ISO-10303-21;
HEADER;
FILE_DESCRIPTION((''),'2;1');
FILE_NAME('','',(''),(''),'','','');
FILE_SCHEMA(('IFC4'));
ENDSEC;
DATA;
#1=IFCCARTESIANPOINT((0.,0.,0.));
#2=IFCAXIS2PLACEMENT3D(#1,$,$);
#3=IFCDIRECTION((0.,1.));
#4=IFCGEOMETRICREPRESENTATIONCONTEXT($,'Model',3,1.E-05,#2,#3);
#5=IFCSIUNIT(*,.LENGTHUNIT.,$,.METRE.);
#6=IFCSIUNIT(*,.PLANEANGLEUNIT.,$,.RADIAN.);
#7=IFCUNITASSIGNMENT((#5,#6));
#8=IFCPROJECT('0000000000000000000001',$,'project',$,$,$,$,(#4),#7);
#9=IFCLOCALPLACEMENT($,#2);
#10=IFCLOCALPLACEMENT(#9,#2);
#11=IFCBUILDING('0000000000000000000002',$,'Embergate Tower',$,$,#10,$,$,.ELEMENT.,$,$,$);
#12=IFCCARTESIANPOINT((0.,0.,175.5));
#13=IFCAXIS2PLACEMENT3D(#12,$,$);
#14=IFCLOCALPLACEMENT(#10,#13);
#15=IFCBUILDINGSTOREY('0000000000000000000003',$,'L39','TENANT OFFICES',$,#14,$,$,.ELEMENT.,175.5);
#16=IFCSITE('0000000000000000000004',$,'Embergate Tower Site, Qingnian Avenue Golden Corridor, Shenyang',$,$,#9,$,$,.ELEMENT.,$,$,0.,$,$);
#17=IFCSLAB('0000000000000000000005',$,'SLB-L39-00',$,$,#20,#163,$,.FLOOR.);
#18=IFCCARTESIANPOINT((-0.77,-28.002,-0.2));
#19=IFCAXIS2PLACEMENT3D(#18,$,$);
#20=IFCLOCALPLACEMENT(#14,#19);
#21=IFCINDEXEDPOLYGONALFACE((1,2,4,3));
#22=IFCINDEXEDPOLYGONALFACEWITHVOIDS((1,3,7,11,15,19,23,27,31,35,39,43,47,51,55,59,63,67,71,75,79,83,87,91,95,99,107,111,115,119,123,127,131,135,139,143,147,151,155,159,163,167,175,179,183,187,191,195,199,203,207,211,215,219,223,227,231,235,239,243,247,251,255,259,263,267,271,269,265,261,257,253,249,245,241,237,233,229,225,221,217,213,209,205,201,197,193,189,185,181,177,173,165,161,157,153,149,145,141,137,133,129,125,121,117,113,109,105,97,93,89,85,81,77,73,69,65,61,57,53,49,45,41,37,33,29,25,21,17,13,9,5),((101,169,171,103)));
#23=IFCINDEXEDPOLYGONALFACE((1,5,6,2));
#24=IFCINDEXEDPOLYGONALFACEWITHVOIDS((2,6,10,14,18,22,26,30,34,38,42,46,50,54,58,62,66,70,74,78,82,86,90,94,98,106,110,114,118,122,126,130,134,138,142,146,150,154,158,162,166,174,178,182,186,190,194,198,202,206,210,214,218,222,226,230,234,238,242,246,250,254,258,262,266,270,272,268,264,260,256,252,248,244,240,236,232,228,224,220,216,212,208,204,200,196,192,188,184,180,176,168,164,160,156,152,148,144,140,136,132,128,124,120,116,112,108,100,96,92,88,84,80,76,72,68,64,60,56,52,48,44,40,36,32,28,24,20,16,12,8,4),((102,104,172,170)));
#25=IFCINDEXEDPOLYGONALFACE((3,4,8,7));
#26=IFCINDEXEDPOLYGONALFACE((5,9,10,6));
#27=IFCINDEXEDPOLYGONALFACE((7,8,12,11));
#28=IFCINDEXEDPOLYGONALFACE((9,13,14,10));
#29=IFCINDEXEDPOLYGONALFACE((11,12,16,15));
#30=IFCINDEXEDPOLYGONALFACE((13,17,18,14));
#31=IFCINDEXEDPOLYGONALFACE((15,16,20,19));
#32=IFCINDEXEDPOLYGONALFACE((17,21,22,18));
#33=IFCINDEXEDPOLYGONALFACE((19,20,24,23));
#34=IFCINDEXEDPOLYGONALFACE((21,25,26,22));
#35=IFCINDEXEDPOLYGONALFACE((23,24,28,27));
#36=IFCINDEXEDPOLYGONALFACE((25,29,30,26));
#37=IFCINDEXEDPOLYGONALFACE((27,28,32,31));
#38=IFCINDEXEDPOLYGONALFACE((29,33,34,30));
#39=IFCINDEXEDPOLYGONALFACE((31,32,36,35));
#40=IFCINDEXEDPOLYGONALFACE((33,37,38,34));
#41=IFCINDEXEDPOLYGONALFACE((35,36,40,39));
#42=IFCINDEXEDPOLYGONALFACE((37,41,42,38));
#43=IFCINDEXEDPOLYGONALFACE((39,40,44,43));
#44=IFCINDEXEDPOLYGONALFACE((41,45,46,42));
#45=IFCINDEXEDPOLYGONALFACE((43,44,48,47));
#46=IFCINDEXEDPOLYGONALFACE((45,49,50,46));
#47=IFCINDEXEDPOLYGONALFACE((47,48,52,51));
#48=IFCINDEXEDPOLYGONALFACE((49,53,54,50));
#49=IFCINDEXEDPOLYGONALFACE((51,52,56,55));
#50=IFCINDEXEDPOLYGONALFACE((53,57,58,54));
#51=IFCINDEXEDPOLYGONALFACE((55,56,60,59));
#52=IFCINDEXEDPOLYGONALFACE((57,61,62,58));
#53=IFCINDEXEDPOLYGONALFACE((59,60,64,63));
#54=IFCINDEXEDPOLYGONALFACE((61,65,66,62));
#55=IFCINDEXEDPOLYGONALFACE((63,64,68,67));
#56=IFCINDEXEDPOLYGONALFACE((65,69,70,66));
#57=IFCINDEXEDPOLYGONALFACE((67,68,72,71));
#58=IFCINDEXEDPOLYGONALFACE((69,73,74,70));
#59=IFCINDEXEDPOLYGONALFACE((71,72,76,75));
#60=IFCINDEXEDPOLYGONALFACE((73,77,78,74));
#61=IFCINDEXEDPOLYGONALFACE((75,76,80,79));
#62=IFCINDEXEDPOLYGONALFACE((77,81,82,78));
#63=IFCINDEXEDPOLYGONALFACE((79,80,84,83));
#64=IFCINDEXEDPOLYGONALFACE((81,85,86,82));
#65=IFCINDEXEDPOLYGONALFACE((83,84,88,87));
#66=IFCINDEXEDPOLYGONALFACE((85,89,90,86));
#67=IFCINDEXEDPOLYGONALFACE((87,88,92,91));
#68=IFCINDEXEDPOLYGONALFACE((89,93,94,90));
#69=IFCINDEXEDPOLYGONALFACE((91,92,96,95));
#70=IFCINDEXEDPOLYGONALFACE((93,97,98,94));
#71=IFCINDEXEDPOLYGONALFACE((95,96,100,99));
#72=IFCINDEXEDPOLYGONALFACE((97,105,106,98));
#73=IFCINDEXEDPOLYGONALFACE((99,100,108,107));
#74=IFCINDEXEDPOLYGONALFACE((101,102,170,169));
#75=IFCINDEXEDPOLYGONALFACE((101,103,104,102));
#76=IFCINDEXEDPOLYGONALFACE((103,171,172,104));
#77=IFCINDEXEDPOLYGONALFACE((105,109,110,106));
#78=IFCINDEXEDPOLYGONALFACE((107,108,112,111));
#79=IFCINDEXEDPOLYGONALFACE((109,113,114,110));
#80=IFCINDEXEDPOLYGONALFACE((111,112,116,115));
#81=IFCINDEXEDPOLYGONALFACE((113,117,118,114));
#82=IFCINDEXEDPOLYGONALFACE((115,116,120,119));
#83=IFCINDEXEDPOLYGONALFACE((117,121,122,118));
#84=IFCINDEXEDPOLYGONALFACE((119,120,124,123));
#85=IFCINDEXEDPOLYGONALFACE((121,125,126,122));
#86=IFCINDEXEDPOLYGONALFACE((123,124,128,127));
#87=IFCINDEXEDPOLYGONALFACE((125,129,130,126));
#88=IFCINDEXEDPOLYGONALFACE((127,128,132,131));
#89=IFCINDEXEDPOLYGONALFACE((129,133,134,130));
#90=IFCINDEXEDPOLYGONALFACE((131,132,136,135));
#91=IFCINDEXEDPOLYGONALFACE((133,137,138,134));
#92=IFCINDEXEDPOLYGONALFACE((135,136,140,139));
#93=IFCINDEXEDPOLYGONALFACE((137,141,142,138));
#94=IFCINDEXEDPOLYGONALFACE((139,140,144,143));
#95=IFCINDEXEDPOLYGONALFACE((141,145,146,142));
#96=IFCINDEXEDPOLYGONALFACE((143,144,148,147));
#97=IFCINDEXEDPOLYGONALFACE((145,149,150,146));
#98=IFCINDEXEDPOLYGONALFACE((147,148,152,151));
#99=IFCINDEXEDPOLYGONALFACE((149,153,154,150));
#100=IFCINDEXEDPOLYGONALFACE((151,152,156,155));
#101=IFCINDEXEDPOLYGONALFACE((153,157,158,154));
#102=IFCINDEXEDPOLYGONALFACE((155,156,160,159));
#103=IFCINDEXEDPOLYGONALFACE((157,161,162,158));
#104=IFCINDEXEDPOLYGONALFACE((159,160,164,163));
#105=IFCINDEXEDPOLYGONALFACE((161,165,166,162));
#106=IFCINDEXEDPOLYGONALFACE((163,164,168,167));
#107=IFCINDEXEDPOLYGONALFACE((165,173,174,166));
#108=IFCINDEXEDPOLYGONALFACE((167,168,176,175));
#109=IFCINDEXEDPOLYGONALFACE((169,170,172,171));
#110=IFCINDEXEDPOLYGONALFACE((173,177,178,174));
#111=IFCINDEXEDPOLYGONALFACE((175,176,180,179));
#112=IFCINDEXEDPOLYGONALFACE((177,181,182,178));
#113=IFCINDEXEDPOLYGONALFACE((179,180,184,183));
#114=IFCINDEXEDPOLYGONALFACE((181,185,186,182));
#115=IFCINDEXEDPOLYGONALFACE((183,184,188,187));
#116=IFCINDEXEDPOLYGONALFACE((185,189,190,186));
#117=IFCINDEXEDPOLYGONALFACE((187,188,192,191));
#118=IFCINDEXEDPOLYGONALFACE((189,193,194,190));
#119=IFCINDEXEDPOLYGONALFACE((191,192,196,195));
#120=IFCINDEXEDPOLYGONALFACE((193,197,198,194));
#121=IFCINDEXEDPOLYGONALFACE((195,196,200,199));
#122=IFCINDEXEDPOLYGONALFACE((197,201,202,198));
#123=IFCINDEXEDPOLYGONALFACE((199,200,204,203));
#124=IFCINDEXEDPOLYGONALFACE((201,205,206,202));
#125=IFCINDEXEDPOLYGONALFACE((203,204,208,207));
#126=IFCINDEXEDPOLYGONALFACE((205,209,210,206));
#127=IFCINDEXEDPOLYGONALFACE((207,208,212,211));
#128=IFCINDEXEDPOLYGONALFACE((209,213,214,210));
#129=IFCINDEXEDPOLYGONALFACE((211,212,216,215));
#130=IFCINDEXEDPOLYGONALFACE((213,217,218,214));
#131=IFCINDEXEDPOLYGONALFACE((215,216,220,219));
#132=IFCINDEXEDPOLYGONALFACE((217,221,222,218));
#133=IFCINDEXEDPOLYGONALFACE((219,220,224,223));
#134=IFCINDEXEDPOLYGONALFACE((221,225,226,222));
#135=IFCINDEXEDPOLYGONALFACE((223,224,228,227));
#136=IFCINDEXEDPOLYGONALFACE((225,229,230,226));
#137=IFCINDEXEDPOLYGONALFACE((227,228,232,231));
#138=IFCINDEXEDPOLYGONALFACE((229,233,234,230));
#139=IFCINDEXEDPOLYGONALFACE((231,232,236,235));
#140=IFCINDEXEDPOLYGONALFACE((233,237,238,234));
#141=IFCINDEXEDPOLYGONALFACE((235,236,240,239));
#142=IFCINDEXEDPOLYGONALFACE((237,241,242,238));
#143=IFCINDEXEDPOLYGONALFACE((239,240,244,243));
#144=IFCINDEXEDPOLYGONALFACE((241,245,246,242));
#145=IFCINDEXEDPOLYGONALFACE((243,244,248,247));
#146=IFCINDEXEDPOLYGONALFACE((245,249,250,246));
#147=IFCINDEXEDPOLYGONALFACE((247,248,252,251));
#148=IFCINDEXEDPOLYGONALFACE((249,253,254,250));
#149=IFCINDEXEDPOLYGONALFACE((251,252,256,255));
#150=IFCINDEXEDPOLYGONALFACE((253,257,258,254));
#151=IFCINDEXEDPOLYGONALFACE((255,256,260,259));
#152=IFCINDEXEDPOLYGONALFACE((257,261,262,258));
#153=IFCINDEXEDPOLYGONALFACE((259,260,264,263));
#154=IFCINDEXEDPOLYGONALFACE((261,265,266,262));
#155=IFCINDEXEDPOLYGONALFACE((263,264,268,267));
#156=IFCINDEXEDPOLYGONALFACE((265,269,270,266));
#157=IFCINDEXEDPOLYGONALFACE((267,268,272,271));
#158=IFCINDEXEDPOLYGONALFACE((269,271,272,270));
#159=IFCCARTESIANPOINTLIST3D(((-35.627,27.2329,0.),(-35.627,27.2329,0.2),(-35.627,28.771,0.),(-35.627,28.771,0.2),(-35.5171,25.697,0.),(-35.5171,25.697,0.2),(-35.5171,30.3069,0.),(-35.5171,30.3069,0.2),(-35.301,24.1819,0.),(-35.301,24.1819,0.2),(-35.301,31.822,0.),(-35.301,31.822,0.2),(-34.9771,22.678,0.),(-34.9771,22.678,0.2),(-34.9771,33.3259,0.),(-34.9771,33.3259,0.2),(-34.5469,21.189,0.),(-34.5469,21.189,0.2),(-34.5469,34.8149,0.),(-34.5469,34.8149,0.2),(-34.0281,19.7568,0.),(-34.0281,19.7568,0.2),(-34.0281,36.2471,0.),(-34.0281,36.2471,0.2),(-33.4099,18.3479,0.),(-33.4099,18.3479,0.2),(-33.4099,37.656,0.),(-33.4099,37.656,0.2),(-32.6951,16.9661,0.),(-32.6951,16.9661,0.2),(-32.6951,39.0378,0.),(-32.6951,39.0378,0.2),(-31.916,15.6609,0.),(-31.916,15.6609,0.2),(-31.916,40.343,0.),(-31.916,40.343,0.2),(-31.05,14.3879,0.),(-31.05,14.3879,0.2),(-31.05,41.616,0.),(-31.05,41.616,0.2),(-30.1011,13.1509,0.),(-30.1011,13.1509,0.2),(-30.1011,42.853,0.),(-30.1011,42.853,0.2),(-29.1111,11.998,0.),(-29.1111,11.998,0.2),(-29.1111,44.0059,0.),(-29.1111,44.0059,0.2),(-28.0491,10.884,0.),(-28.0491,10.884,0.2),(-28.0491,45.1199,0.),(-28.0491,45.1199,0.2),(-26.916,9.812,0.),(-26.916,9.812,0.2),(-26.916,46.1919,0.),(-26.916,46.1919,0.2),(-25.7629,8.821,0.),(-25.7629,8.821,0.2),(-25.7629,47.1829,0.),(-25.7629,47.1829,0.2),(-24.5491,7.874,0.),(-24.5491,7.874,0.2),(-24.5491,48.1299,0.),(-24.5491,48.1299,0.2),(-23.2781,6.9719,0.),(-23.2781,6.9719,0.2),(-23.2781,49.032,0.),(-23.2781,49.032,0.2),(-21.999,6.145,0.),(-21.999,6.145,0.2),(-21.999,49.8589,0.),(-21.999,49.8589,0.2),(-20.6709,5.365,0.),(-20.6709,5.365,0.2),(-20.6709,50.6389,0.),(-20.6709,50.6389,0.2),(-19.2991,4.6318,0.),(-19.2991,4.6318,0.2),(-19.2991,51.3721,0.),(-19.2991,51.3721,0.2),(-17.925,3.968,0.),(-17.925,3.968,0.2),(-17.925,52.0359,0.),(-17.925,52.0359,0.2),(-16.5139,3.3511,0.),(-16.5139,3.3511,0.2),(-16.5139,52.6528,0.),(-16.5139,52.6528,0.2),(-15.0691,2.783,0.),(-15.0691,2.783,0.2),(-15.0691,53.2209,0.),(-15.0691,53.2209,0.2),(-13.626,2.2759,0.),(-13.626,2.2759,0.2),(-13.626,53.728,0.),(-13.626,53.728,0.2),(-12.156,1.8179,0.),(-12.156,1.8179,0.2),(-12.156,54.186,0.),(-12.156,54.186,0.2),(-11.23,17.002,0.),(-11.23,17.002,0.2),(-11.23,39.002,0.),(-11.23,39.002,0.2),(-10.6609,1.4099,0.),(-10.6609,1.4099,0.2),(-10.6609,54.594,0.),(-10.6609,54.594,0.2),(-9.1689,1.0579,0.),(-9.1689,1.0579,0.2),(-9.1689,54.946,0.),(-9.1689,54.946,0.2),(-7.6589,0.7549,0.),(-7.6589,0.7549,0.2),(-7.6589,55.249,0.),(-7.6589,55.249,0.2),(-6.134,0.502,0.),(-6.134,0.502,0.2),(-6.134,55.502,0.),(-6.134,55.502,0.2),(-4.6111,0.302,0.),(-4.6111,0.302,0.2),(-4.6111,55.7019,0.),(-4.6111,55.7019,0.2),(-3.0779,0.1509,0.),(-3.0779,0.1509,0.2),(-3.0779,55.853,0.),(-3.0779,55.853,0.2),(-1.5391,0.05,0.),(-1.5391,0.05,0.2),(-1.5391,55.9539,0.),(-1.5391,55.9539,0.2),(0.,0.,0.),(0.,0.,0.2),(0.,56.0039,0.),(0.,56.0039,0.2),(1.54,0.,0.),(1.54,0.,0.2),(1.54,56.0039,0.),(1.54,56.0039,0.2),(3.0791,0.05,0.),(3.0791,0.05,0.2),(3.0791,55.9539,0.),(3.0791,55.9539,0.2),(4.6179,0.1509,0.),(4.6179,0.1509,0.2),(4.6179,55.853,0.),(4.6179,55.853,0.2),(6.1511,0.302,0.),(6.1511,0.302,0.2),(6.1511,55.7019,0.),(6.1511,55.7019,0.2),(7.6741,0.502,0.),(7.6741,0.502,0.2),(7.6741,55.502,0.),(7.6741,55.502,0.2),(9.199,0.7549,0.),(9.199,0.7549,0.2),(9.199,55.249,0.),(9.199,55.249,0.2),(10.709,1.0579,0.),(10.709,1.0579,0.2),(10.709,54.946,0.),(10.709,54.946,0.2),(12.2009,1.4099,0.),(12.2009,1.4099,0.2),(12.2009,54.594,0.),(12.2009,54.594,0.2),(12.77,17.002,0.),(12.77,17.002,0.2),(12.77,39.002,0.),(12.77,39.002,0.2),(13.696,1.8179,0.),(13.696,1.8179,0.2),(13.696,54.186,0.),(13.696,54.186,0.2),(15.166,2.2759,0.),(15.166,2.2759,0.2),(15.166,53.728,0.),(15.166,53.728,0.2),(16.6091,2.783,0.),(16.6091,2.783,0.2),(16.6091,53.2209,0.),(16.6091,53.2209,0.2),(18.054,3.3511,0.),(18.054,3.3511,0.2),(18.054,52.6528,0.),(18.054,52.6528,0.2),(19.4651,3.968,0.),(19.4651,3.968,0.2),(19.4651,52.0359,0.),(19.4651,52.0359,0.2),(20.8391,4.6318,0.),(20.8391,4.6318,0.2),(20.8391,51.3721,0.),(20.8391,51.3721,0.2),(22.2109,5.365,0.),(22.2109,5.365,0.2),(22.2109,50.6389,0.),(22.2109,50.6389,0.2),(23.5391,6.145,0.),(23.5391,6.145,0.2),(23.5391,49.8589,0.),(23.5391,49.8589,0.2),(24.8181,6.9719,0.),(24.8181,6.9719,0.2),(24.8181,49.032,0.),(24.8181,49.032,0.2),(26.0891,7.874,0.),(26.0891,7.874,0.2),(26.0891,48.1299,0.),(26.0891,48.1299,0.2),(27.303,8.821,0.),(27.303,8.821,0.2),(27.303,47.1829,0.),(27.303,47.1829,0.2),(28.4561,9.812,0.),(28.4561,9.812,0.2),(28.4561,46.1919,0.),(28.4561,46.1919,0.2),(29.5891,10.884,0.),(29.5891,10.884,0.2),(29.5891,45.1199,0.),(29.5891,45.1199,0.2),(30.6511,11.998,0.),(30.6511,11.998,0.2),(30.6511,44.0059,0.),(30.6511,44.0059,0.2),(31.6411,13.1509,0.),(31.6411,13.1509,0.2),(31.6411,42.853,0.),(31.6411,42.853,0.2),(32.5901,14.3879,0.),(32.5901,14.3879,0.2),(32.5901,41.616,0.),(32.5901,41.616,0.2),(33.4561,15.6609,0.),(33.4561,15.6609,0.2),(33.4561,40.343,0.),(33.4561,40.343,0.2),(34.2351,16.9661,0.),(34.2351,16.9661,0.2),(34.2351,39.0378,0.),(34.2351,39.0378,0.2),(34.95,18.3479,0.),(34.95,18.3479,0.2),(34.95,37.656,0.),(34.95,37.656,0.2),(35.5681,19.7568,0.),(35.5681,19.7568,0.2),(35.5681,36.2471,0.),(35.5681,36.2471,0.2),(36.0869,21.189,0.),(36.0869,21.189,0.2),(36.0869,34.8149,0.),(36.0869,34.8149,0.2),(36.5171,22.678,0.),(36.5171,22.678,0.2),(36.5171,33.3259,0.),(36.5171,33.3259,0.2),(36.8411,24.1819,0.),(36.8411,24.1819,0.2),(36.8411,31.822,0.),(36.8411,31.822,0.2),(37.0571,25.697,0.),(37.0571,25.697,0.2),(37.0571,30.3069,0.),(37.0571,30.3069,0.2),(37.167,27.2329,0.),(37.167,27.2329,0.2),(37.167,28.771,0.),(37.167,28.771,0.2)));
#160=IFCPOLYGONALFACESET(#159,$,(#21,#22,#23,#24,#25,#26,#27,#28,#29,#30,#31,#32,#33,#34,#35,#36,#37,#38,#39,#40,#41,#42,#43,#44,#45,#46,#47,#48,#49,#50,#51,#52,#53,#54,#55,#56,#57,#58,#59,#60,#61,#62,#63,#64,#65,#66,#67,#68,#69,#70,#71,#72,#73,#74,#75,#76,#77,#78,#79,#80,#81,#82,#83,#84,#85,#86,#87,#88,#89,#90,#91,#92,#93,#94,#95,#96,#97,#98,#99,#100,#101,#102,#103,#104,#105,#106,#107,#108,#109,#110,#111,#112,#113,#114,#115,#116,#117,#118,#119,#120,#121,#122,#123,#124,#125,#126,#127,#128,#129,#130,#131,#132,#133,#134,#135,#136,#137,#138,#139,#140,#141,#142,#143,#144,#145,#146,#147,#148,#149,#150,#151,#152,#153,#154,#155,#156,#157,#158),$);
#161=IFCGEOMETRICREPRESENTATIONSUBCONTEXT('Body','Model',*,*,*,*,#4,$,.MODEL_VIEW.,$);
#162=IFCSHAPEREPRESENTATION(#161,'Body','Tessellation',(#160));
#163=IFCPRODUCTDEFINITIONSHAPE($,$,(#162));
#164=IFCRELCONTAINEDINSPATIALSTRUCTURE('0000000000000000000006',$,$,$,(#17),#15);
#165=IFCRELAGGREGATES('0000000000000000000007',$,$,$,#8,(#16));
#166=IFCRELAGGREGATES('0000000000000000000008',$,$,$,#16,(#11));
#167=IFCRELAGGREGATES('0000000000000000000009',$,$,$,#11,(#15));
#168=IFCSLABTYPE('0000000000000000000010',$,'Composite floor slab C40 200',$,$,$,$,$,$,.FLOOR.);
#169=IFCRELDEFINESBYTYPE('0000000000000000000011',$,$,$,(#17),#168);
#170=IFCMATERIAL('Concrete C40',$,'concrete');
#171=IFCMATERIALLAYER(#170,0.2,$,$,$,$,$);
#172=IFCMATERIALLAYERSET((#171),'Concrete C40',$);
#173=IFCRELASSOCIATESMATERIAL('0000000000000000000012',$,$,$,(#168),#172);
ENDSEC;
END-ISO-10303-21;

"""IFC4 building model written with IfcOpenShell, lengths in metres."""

from ifc_helpers import new_model, si_unit, direction, frame, origin, place, context, subcontext, project, spatial, polyline, outline, extrude, source, transform, mapped, material, layer, layer_set, type_object, element, save


model = new_model("IFC4")

# Units and contexts
model_context = context("Model", 3, precision=1e-05, world=origin(), true_north=direction((0.0, 1.0)))
body_context = subcontext(model_context, "Body", "Model", "MODEL_VIEW")
ifc_project = project(units=[si_unit("LENGTHUNIT", "METRE"), si_unit("PLANEANGLEUNIT", "RADIAN")], contexts=[model_context])

# Site, building, storey
site_placement = place(None, origin())
site = spatial("IfcSite", under=ifc_project, at=site_placement, Name="Embergate Tower Site, Qingnian Avenue Golden Corridor, Shenyang", CompositionType="ELEMENT", RefElevation=0.0)
building_placement = place(site_placement, origin())
building = spatial("IfcBuilding", under=site, at=building_placement, Name="Embergate Tower", CompositionType="ELEMENT")
storey_placement = place(building_placement, frame((0.0, 0.0, 175.5)))
storey = spatial("IfcBuildingStorey", under=building, at=storey_placement, Name="L39", Description="TENANT OFFICES", CompositionType="ELEMENT", Elevation=175.5)

# Slab
ifc_material_1 = material(Name="Concrete C40", Category="concrete")
ifc_layer_1 = layer(ifc_material_1, 0.2)
ifc_layer_set_1 = layer_set([ifc_layer_1], Name="Concrete C40")
slab_type = type_object("IfcSlabType", Name="Composite floor slab C40 200", PredefinedType="FLOOR", material=ifc_layer_set_1)
shared_shape_1 = source(origin(), body_context, "Body", "SweptSolid", [
    extrude(outline(polyline([(0.0, 0.0), (1.54, 0.0), (3.0791, 0.05), (4.6179, 0.1509), (6.1511, 0.302), (7.6741, 0.502), (9.199, 0.7549), (10.709, 1.0579), (12.2009, 1.4099), (13.696, 1.8179), (15.166, 2.2759), (16.6091, 2.783), (18.054, 3.3511), (19.4651, 3.968), (20.8391, 4.6318), (22.2109, 5.365), (23.5391, 6.145), (24.8181, 6.9719), (26.0891, 7.874), (27.303, 8.821), (28.4561, 9.812), (29.5891, 10.884), (30.6511, 11.998), (31.6411, 13.1509), (32.5901, 14.3879), (33.4561, 15.6609), (34.2351, 16.9661), (34.95, 18.3479), (35.5681, 19.7568), (36.0869, 21.189), (36.5171, 22.678), (36.8411, 24.1819), (37.0571, 25.697), (37.167, 27.2329), (37.167, 28.771), (37.0571, 30.3069), (36.8411, 31.822), (36.5171, 33.3259), (36.0869, 34.8149), (35.5681, 36.2471), (34.95, 37.656), (34.2351, 39.0378), (33.4561, 40.343), (32.5901, 41.616), (31.6411, 42.853), (30.6511, 44.0059), (29.5891, 45.1199), (28.4561, 46.1919), (27.303, 47.1829), (26.0891, 48.1299), (24.8181, 49.032), (23.5391, 49.8589), (22.2109, 50.6389), (20.8391, 51.3721), (19.4651, 52.0359), (18.054, 52.6528), (16.6091, 53.2209), (15.166, 53.728), (13.696, 54.186), (12.2009, 54.594), (10.709, 54.946), (9.199, 55.249), (7.6741, 55.502), (6.1511, 55.7019), (4.6179, 55.853), (3.0791, 55.9539), (1.54, 56.0039), (0.0, 56.0039), (-1.5391, 55.9539), (-3.0779, 55.853), (-4.6111, 55.7019), (-6.134, 55.502), (-7.6589, 55.249), (-9.1689, 54.946), (-10.6609, 54.594), (-12.156, 54.186), (-13.626, 53.728), (-15.0691, 53.2209), (-16.5139, 52.6528), (-17.925, 52.0359), (-19.2991, 51.3721), (-20.6709, 50.6389), (-21.999, 49.8589), (-23.2781, 49.032), (-24.5491, 48.1299), (-25.7629, 47.1829), (-26.916, 46.1919), (-28.0491, 45.1199), (-29.1111, 44.0059), (-30.1011, 42.853), (-31.05, 41.616), (-31.916, 40.343), (-32.6951, 39.0378), (-33.4099, 37.656), (-34.0281, 36.2471), (-34.5469, 34.8149), (-34.9771, 33.3259), (-35.301, 31.822), (-35.5171, 30.3069), (-35.627, 28.771), (-35.627, 27.2329), (-35.5171, 25.697), (-35.301, 24.1819), (-34.9771, 22.678), (-34.5469, 21.189), (-34.0281, 19.7568), (-33.4099, 18.3479), (-32.6951, 16.9661), (-31.916, 15.6609), (-31.05, 14.3879), (-30.1011, 13.1509), (-29.1111, 11.998), (-28.0491, 10.884), (-26.916, 9.812), (-25.7629, 8.821), (-24.5491, 7.874), (-23.2781, 6.9719), (-21.999, 6.145), (-20.6709, 5.365), (-19.2991, 4.6318), (-17.925, 3.968), (-16.5139, 3.3511), (-15.0691, 2.783), (-13.626, 2.2759), (-12.156, 1.8179), (-10.6609, 1.4099), (-9.1689, 1.0579), (-7.6589, 0.7549), (-6.134, 0.502), (-4.6111, 0.302), (-3.0779, 0.1509), (-1.5391, 0.05), (0.0, 0.0)]), holes=[polyline([(-11.23, 17.002), (-11.23, 39.002), (12.77, 39.002), (12.77, 17.002), (-11.23, 17.002)])]), origin(), (0.0, 0.0, 1.0), 0.2),
])
slab_placement = place(storey_placement, frame((-0.77, -28.002, -0.2)))
element("IfcSlab", 1, at=slab_placement, inside=storey, type_object=slab_type, Name="SLB-L39-00", PredefinedType="FLOOR", context=body_context, shape_type="MappedRepresentation", body=[
    mapped(shared_shape_1, transform((0.0, 0.0, 0.0))),
])

save(model, "model.ifc")
